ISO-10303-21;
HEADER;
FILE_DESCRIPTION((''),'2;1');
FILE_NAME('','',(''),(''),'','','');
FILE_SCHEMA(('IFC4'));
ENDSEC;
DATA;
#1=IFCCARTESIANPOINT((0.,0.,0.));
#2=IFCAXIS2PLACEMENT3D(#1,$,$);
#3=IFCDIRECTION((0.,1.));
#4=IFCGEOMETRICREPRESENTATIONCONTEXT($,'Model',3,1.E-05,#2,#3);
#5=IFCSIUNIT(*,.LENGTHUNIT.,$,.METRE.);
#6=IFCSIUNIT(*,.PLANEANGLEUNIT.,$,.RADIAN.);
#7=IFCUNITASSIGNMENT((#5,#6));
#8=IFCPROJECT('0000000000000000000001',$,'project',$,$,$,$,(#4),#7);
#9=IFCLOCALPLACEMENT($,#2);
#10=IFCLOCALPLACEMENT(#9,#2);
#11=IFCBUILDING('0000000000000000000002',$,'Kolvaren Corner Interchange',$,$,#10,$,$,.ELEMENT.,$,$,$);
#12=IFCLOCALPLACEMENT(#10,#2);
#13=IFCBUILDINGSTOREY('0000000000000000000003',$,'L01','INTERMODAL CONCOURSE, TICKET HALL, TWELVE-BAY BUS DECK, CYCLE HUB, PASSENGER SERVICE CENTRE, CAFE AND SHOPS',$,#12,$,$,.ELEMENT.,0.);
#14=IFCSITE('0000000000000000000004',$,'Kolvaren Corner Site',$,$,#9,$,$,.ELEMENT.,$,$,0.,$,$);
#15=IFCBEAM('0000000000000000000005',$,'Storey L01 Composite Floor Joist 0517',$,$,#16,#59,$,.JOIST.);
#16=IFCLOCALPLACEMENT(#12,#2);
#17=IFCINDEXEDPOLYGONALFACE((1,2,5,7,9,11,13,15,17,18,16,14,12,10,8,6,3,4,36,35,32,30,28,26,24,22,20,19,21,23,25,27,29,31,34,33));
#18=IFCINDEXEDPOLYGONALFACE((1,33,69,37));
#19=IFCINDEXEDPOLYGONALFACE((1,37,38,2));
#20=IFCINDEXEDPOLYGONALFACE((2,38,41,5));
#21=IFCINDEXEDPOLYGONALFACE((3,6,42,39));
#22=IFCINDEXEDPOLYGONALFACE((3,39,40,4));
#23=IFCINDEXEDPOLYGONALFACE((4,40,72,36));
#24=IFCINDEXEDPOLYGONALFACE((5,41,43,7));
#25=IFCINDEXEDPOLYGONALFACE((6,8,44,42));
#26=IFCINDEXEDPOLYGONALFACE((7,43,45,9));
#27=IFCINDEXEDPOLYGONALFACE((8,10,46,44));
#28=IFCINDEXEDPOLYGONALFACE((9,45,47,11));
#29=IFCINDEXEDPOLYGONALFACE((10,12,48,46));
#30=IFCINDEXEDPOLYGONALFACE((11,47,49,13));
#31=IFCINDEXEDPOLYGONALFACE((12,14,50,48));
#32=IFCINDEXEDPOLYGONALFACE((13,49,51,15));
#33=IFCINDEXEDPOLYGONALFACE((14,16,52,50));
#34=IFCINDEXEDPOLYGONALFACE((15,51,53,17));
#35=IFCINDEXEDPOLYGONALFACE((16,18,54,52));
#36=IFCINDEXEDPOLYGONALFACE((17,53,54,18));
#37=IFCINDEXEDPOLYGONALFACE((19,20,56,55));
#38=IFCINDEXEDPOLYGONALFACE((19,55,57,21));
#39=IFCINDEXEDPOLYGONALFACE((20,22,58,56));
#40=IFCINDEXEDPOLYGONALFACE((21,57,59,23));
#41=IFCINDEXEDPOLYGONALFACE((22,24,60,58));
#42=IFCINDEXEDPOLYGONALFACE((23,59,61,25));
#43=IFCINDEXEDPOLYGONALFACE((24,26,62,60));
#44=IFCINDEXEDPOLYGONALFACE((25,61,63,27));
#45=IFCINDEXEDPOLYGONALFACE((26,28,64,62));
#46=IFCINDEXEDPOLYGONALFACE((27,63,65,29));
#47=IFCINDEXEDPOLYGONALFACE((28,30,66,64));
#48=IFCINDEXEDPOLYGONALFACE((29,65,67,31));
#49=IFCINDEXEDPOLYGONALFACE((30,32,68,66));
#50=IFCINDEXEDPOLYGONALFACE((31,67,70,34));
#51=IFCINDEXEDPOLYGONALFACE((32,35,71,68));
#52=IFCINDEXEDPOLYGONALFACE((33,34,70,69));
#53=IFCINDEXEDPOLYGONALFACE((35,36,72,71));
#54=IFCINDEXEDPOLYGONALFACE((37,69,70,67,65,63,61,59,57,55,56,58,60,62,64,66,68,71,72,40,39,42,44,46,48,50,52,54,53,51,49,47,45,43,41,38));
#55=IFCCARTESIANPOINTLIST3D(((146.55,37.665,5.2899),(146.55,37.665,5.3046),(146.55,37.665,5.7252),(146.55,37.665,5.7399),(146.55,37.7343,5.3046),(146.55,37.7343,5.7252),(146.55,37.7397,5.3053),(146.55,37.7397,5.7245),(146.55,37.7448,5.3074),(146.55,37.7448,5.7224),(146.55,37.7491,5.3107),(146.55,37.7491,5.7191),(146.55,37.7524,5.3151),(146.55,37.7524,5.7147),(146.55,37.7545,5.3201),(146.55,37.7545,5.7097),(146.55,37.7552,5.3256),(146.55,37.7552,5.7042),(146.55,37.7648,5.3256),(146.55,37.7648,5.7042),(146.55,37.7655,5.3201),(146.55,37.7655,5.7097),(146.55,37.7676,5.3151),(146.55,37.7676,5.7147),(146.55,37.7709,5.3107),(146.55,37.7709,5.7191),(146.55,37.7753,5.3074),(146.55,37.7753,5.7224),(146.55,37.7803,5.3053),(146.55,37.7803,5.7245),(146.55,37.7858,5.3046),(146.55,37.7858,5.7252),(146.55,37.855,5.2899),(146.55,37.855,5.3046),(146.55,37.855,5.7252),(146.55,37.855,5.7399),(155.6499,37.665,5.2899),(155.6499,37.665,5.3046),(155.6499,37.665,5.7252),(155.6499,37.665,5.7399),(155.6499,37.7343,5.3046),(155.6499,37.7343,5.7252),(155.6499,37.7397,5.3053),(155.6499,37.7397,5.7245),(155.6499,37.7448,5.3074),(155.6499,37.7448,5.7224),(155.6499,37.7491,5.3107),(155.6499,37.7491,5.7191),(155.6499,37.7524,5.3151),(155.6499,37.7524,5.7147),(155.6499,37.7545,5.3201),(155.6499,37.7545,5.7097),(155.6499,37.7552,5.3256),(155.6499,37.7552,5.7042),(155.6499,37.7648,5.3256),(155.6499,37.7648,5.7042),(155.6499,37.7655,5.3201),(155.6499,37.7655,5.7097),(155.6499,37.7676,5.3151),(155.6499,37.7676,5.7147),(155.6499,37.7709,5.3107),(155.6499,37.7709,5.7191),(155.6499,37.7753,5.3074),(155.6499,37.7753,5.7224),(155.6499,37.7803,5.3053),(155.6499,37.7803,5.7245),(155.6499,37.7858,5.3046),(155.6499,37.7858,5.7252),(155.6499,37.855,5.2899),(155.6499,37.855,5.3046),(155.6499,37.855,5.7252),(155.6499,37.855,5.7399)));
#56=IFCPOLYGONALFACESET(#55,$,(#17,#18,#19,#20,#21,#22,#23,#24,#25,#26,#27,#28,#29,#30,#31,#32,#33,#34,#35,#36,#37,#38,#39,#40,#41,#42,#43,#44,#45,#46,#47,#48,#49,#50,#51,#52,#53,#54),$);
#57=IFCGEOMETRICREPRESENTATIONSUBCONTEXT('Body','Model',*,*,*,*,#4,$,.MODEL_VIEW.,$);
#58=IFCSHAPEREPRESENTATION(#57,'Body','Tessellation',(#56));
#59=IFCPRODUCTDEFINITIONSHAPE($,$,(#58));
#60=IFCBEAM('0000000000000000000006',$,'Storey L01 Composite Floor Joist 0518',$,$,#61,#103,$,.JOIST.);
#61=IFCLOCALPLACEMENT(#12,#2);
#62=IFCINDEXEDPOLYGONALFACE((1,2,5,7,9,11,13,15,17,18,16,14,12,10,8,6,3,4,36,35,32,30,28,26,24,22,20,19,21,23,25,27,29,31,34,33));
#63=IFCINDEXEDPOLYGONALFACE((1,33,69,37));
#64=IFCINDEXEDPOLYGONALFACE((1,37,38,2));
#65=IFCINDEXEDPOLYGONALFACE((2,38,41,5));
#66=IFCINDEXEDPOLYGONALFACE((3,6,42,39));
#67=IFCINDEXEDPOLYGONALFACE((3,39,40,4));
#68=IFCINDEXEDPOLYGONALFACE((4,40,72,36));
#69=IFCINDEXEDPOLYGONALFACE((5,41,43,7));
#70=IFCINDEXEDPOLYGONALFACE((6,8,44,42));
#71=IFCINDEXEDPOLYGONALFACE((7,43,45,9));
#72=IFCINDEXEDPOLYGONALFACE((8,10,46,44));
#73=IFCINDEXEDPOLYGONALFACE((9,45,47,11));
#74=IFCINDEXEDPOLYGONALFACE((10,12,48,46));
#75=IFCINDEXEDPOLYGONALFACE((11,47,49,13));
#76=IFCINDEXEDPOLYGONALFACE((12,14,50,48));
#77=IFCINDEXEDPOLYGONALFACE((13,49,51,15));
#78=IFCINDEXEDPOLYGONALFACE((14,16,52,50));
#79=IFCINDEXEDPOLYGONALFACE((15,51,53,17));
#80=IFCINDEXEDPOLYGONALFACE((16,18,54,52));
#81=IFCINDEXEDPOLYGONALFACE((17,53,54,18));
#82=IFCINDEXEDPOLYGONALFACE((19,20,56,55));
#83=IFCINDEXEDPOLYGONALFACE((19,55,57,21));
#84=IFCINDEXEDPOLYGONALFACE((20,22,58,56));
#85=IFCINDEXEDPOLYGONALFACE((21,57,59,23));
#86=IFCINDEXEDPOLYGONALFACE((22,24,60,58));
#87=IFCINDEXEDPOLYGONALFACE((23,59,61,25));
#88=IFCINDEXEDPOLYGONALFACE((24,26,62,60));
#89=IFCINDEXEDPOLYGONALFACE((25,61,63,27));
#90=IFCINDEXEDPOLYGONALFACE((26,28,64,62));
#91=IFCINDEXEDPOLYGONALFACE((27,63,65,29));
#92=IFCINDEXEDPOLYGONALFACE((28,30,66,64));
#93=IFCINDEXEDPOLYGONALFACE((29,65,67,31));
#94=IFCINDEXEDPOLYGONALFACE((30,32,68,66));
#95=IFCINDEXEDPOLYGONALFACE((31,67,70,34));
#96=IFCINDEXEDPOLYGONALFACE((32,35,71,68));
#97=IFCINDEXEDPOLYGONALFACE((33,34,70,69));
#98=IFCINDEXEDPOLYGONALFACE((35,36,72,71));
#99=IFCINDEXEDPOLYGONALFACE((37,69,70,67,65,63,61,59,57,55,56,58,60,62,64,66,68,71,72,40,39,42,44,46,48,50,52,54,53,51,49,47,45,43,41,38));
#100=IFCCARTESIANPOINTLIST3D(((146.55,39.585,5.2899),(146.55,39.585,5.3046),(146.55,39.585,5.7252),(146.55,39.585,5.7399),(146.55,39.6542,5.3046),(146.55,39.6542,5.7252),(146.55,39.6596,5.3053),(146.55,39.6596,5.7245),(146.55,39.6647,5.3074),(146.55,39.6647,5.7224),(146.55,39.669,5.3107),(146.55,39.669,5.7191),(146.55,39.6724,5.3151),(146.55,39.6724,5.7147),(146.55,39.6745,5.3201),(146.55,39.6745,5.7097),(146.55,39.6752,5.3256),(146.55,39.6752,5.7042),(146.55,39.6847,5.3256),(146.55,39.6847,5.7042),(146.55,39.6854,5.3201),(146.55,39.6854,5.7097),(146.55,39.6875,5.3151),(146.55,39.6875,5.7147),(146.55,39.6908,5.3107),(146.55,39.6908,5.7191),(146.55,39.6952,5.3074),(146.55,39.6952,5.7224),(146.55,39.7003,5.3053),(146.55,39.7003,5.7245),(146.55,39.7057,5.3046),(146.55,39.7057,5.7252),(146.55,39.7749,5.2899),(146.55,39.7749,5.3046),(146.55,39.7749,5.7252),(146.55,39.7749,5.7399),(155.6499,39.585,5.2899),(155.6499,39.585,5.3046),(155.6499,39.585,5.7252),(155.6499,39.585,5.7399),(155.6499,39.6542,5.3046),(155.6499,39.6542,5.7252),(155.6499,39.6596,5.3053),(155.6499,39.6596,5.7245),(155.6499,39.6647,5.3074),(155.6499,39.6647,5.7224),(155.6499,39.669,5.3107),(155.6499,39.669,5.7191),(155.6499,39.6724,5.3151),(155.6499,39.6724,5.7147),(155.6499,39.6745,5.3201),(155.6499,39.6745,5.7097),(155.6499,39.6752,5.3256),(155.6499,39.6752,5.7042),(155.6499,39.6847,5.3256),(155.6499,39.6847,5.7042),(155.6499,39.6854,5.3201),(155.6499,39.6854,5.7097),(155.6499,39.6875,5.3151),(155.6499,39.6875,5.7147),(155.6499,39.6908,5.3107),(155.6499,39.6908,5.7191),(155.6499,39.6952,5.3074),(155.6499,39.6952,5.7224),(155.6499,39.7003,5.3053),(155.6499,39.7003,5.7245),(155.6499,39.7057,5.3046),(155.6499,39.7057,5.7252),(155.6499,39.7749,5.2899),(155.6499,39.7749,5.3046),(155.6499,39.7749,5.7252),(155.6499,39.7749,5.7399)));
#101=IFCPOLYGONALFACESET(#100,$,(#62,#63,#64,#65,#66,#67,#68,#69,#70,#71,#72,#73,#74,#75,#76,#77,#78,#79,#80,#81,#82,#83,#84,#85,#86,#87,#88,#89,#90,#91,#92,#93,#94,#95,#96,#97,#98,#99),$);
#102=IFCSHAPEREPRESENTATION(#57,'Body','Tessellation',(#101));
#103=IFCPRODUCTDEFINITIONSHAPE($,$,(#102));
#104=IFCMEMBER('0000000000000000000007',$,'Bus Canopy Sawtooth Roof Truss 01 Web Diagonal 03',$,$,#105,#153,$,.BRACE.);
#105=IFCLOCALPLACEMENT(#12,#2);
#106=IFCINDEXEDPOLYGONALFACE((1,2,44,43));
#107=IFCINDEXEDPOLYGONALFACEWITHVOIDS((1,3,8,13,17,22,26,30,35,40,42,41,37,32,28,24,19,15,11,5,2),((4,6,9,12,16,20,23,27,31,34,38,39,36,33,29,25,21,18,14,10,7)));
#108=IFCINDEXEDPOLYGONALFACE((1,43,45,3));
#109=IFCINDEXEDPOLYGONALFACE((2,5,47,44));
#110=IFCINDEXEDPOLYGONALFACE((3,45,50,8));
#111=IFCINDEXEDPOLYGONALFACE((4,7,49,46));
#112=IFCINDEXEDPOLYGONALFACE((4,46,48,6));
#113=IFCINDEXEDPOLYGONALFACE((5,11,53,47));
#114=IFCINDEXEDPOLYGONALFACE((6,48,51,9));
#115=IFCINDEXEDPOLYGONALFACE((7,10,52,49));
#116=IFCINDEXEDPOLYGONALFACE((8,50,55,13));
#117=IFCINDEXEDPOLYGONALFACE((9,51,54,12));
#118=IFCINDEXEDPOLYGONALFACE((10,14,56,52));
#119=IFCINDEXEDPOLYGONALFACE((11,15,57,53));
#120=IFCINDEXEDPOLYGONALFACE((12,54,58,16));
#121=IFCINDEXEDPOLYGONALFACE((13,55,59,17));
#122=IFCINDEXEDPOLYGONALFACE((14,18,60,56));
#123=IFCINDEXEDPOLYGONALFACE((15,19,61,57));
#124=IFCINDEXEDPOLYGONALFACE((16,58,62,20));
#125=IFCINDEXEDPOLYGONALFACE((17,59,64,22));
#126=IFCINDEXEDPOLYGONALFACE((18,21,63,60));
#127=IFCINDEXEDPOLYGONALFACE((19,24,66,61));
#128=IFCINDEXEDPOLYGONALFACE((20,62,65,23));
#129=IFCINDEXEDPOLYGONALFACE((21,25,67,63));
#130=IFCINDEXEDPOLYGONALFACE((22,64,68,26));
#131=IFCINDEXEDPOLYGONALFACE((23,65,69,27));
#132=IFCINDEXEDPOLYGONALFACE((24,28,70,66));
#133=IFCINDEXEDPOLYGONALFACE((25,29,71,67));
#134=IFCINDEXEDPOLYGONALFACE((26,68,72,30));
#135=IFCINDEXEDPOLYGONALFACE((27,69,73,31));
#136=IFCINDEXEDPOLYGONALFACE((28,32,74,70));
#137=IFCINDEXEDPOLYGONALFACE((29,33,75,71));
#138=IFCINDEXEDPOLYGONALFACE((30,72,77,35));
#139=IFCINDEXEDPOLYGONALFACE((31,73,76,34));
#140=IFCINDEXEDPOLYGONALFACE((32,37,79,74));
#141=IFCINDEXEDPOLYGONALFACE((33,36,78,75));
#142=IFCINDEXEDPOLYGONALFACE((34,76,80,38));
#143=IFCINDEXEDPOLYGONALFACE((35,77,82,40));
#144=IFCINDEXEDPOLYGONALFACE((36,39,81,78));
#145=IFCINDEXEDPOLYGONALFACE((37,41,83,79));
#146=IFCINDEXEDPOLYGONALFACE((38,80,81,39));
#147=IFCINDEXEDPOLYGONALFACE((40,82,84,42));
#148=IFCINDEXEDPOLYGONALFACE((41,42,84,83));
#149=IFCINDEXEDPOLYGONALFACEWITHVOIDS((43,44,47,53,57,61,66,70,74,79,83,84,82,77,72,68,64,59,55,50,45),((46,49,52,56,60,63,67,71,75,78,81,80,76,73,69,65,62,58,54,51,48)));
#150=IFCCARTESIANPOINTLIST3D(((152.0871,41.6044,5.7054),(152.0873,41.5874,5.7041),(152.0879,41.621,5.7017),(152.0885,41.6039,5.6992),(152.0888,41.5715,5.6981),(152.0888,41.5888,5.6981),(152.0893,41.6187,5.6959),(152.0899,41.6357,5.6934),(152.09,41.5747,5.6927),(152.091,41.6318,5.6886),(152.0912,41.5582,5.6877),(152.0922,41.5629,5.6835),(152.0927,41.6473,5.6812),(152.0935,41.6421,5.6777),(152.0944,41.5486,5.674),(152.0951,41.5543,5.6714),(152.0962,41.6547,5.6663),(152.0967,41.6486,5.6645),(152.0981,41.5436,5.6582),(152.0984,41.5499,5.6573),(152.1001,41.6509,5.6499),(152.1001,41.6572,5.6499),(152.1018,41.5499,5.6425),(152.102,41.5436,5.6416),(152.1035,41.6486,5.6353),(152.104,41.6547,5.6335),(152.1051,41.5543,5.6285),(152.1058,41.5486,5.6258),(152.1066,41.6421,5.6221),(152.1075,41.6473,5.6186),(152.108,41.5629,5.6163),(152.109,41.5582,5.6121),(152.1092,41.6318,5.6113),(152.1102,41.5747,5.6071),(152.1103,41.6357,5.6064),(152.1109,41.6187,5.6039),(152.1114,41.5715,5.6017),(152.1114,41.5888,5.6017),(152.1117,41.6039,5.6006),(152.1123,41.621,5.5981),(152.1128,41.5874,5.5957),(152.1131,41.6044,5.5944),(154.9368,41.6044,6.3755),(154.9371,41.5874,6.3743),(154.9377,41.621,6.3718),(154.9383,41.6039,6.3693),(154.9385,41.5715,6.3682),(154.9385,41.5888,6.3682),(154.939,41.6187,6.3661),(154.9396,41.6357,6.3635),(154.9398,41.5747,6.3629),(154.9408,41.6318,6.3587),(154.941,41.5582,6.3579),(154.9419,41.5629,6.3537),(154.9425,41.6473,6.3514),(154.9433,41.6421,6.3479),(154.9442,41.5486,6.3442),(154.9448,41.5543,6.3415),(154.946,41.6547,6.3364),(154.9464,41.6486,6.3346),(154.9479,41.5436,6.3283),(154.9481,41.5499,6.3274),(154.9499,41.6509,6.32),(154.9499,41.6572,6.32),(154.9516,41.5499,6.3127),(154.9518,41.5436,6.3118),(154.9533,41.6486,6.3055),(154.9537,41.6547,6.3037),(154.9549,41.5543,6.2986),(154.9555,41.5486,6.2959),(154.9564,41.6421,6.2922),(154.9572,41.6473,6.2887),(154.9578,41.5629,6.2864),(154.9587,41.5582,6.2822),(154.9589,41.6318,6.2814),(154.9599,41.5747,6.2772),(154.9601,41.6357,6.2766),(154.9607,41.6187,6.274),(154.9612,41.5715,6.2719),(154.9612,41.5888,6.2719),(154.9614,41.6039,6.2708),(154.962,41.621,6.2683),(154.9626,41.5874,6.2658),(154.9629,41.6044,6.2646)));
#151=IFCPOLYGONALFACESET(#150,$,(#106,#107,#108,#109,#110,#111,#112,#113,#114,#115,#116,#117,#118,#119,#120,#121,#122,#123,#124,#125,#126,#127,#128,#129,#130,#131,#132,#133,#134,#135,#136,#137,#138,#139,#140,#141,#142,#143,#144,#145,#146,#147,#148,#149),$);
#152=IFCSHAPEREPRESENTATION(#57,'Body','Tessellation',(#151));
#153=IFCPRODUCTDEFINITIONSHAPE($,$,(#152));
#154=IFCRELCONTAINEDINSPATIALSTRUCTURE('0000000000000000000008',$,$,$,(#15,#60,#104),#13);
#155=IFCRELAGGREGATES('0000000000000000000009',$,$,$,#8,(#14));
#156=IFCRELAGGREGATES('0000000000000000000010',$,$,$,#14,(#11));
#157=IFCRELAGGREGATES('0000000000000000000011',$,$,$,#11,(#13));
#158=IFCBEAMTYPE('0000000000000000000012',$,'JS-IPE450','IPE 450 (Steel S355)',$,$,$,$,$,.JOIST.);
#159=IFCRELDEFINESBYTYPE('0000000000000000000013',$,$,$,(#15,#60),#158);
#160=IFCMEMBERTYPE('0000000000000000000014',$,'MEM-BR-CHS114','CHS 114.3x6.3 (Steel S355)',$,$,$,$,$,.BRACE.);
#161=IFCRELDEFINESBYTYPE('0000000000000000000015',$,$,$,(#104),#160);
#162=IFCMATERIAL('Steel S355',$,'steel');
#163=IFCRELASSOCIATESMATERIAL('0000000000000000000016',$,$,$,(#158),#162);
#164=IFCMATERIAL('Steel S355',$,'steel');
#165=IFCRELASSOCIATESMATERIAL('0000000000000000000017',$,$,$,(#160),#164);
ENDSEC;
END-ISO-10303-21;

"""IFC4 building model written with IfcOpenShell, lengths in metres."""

from ifc_helpers import new_model, si_unit, direction, frame, origin, origin_2d, place, context, subcontext, project, spatial, hollow_circle, i_section, extrude, material, material_profile, profile_set, type_object, element, save


model = new_model("IFC4")

# Units and contexts
model_context = context("Model", 3, precision=1e-05, world=origin(), true_north=direction((0.0, 1.0)))
body_context = subcontext(model_context, "Body", "Model", "MODEL_VIEW")
ifc_project = project(units=[si_unit("LENGTHUNIT", "METRE"), si_unit("PLANEANGLEUNIT", "RADIAN")], contexts=[model_context])

# Site, building, storey
site_placement = place(None, origin())
site = spatial("IfcSite", under=ifc_project, at=site_placement, Name="Kolvaren Corner Site", CompositionType="ELEMENT", RefElevation=0.0)
building_placement = place(site_placement, origin())
building = spatial("IfcBuilding", under=site, at=building_placement, Name="Kolvaren Corner Interchange", CompositionType="ELEMENT")
storey_placement = place(building_placement, origin())
storey = spatial("IfcBuildingStorey", under=building, at=storey_placement, Name="L01", Description="INTERMODAL CONCOURSE, TICKET HALL, TWELVE-BAY BUS DECK, CYCLE HUB, PASSENGER SERVICE CENTRE, CAFE AND SHOPS", CompositionType="ELEMENT", Elevation=0.0)

# Beams
ifc_material_1 = material(Name="Steel S355", Category="steel")
ifc_material_profile_1 = material_profile(ifc_material_1, i_section(OverallWidth=0.1899, OverallDepth=0.45, WebThickness=0.0095, FlangeThickness=0.0146, FilletRadius=0.021, at=origin_2d()), Name="IPE 450")
ifc_profile_set_1 = profile_set([ifc_material_profile_1], Name="Steel S355")
beam_type = type_object("IfcBeamType", Name="JS-IPE450", Description="IPE 450 (Steel S355)", PredefinedType="JOIST", material=ifc_profile_set_1)
for number, where, z_axis, x_axis, name in (
    (1, (146.55, 37.76, 5.5149), (1.0, 0.0, 0.0), (0.0, 1.0, 0.0), "Storey L01 Composite Floor Joist 0517"),
    (2, (146.55, 39.6799, 5.5149), (1.0, 0.0, 0.0), (0.0, 1.0, 0.0), "Storey L01 Composite Floor Joist 0518"),
):
    element("IfcBeam", number, at=place(storey_placement, frame(where, z_axis=z_axis, x_axis=x_axis)), inside=storey, type_object=beam_type, Name=name, PredefinedType="JOIST", context=body_context, shape_type="SweptSolid", body=[
        extrude(i_section(OverallWidth=0.1899, OverallDepth=0.45, WebThickness=0.0095, FlangeThickness=0.0146, FilletRadius=0.021, at=origin_2d()), origin(), (0.0, 0.0, 1.0), 9.0999),
    ])

# Member
ifc_material_2 = material(Name="Steel S355", Category="steel")
ifc_material_profile_2 = material_profile(ifc_material_2, hollow_circle(Radius=0.0571, WallThickness=0.0063, at=origin_2d()), Name="CHS 114.3x6.3")
ifc_profile_set_2 = profile_set([ifc_material_profile_2], Name="Steel S355")
member_type_1 = type_object("IfcMemberType", Name="MEM-BR-CHS114", Description="CHS 114.3x6.3 (Steel S355)", PredefinedType="BRACE", material=ifc_profile_set_2)
member_1_placement = place(storey_placement, frame((152.1001, 41.6001, 5.6499), z_axis=(0.973447, 0.0, 0.228914), x_axis=(0.0, 1.0, 0.0)))
element("IfcMember", 3, at=member_1_placement, inside=storey, type_object=member_type_1, Name="Bus Canopy Sawtooth Roof Truss 01 Web Diagonal 03", PredefinedType="BRACE", context=body_context, shape_type="SweptSolid", body=[
    extrude(hollow_circle(Radius=0.0571, WallThickness=0.0063, at=origin_2d()), origin(), (0.0, 0.0, 1.0), 2.9275),
])

save(model, "model.ifc")
